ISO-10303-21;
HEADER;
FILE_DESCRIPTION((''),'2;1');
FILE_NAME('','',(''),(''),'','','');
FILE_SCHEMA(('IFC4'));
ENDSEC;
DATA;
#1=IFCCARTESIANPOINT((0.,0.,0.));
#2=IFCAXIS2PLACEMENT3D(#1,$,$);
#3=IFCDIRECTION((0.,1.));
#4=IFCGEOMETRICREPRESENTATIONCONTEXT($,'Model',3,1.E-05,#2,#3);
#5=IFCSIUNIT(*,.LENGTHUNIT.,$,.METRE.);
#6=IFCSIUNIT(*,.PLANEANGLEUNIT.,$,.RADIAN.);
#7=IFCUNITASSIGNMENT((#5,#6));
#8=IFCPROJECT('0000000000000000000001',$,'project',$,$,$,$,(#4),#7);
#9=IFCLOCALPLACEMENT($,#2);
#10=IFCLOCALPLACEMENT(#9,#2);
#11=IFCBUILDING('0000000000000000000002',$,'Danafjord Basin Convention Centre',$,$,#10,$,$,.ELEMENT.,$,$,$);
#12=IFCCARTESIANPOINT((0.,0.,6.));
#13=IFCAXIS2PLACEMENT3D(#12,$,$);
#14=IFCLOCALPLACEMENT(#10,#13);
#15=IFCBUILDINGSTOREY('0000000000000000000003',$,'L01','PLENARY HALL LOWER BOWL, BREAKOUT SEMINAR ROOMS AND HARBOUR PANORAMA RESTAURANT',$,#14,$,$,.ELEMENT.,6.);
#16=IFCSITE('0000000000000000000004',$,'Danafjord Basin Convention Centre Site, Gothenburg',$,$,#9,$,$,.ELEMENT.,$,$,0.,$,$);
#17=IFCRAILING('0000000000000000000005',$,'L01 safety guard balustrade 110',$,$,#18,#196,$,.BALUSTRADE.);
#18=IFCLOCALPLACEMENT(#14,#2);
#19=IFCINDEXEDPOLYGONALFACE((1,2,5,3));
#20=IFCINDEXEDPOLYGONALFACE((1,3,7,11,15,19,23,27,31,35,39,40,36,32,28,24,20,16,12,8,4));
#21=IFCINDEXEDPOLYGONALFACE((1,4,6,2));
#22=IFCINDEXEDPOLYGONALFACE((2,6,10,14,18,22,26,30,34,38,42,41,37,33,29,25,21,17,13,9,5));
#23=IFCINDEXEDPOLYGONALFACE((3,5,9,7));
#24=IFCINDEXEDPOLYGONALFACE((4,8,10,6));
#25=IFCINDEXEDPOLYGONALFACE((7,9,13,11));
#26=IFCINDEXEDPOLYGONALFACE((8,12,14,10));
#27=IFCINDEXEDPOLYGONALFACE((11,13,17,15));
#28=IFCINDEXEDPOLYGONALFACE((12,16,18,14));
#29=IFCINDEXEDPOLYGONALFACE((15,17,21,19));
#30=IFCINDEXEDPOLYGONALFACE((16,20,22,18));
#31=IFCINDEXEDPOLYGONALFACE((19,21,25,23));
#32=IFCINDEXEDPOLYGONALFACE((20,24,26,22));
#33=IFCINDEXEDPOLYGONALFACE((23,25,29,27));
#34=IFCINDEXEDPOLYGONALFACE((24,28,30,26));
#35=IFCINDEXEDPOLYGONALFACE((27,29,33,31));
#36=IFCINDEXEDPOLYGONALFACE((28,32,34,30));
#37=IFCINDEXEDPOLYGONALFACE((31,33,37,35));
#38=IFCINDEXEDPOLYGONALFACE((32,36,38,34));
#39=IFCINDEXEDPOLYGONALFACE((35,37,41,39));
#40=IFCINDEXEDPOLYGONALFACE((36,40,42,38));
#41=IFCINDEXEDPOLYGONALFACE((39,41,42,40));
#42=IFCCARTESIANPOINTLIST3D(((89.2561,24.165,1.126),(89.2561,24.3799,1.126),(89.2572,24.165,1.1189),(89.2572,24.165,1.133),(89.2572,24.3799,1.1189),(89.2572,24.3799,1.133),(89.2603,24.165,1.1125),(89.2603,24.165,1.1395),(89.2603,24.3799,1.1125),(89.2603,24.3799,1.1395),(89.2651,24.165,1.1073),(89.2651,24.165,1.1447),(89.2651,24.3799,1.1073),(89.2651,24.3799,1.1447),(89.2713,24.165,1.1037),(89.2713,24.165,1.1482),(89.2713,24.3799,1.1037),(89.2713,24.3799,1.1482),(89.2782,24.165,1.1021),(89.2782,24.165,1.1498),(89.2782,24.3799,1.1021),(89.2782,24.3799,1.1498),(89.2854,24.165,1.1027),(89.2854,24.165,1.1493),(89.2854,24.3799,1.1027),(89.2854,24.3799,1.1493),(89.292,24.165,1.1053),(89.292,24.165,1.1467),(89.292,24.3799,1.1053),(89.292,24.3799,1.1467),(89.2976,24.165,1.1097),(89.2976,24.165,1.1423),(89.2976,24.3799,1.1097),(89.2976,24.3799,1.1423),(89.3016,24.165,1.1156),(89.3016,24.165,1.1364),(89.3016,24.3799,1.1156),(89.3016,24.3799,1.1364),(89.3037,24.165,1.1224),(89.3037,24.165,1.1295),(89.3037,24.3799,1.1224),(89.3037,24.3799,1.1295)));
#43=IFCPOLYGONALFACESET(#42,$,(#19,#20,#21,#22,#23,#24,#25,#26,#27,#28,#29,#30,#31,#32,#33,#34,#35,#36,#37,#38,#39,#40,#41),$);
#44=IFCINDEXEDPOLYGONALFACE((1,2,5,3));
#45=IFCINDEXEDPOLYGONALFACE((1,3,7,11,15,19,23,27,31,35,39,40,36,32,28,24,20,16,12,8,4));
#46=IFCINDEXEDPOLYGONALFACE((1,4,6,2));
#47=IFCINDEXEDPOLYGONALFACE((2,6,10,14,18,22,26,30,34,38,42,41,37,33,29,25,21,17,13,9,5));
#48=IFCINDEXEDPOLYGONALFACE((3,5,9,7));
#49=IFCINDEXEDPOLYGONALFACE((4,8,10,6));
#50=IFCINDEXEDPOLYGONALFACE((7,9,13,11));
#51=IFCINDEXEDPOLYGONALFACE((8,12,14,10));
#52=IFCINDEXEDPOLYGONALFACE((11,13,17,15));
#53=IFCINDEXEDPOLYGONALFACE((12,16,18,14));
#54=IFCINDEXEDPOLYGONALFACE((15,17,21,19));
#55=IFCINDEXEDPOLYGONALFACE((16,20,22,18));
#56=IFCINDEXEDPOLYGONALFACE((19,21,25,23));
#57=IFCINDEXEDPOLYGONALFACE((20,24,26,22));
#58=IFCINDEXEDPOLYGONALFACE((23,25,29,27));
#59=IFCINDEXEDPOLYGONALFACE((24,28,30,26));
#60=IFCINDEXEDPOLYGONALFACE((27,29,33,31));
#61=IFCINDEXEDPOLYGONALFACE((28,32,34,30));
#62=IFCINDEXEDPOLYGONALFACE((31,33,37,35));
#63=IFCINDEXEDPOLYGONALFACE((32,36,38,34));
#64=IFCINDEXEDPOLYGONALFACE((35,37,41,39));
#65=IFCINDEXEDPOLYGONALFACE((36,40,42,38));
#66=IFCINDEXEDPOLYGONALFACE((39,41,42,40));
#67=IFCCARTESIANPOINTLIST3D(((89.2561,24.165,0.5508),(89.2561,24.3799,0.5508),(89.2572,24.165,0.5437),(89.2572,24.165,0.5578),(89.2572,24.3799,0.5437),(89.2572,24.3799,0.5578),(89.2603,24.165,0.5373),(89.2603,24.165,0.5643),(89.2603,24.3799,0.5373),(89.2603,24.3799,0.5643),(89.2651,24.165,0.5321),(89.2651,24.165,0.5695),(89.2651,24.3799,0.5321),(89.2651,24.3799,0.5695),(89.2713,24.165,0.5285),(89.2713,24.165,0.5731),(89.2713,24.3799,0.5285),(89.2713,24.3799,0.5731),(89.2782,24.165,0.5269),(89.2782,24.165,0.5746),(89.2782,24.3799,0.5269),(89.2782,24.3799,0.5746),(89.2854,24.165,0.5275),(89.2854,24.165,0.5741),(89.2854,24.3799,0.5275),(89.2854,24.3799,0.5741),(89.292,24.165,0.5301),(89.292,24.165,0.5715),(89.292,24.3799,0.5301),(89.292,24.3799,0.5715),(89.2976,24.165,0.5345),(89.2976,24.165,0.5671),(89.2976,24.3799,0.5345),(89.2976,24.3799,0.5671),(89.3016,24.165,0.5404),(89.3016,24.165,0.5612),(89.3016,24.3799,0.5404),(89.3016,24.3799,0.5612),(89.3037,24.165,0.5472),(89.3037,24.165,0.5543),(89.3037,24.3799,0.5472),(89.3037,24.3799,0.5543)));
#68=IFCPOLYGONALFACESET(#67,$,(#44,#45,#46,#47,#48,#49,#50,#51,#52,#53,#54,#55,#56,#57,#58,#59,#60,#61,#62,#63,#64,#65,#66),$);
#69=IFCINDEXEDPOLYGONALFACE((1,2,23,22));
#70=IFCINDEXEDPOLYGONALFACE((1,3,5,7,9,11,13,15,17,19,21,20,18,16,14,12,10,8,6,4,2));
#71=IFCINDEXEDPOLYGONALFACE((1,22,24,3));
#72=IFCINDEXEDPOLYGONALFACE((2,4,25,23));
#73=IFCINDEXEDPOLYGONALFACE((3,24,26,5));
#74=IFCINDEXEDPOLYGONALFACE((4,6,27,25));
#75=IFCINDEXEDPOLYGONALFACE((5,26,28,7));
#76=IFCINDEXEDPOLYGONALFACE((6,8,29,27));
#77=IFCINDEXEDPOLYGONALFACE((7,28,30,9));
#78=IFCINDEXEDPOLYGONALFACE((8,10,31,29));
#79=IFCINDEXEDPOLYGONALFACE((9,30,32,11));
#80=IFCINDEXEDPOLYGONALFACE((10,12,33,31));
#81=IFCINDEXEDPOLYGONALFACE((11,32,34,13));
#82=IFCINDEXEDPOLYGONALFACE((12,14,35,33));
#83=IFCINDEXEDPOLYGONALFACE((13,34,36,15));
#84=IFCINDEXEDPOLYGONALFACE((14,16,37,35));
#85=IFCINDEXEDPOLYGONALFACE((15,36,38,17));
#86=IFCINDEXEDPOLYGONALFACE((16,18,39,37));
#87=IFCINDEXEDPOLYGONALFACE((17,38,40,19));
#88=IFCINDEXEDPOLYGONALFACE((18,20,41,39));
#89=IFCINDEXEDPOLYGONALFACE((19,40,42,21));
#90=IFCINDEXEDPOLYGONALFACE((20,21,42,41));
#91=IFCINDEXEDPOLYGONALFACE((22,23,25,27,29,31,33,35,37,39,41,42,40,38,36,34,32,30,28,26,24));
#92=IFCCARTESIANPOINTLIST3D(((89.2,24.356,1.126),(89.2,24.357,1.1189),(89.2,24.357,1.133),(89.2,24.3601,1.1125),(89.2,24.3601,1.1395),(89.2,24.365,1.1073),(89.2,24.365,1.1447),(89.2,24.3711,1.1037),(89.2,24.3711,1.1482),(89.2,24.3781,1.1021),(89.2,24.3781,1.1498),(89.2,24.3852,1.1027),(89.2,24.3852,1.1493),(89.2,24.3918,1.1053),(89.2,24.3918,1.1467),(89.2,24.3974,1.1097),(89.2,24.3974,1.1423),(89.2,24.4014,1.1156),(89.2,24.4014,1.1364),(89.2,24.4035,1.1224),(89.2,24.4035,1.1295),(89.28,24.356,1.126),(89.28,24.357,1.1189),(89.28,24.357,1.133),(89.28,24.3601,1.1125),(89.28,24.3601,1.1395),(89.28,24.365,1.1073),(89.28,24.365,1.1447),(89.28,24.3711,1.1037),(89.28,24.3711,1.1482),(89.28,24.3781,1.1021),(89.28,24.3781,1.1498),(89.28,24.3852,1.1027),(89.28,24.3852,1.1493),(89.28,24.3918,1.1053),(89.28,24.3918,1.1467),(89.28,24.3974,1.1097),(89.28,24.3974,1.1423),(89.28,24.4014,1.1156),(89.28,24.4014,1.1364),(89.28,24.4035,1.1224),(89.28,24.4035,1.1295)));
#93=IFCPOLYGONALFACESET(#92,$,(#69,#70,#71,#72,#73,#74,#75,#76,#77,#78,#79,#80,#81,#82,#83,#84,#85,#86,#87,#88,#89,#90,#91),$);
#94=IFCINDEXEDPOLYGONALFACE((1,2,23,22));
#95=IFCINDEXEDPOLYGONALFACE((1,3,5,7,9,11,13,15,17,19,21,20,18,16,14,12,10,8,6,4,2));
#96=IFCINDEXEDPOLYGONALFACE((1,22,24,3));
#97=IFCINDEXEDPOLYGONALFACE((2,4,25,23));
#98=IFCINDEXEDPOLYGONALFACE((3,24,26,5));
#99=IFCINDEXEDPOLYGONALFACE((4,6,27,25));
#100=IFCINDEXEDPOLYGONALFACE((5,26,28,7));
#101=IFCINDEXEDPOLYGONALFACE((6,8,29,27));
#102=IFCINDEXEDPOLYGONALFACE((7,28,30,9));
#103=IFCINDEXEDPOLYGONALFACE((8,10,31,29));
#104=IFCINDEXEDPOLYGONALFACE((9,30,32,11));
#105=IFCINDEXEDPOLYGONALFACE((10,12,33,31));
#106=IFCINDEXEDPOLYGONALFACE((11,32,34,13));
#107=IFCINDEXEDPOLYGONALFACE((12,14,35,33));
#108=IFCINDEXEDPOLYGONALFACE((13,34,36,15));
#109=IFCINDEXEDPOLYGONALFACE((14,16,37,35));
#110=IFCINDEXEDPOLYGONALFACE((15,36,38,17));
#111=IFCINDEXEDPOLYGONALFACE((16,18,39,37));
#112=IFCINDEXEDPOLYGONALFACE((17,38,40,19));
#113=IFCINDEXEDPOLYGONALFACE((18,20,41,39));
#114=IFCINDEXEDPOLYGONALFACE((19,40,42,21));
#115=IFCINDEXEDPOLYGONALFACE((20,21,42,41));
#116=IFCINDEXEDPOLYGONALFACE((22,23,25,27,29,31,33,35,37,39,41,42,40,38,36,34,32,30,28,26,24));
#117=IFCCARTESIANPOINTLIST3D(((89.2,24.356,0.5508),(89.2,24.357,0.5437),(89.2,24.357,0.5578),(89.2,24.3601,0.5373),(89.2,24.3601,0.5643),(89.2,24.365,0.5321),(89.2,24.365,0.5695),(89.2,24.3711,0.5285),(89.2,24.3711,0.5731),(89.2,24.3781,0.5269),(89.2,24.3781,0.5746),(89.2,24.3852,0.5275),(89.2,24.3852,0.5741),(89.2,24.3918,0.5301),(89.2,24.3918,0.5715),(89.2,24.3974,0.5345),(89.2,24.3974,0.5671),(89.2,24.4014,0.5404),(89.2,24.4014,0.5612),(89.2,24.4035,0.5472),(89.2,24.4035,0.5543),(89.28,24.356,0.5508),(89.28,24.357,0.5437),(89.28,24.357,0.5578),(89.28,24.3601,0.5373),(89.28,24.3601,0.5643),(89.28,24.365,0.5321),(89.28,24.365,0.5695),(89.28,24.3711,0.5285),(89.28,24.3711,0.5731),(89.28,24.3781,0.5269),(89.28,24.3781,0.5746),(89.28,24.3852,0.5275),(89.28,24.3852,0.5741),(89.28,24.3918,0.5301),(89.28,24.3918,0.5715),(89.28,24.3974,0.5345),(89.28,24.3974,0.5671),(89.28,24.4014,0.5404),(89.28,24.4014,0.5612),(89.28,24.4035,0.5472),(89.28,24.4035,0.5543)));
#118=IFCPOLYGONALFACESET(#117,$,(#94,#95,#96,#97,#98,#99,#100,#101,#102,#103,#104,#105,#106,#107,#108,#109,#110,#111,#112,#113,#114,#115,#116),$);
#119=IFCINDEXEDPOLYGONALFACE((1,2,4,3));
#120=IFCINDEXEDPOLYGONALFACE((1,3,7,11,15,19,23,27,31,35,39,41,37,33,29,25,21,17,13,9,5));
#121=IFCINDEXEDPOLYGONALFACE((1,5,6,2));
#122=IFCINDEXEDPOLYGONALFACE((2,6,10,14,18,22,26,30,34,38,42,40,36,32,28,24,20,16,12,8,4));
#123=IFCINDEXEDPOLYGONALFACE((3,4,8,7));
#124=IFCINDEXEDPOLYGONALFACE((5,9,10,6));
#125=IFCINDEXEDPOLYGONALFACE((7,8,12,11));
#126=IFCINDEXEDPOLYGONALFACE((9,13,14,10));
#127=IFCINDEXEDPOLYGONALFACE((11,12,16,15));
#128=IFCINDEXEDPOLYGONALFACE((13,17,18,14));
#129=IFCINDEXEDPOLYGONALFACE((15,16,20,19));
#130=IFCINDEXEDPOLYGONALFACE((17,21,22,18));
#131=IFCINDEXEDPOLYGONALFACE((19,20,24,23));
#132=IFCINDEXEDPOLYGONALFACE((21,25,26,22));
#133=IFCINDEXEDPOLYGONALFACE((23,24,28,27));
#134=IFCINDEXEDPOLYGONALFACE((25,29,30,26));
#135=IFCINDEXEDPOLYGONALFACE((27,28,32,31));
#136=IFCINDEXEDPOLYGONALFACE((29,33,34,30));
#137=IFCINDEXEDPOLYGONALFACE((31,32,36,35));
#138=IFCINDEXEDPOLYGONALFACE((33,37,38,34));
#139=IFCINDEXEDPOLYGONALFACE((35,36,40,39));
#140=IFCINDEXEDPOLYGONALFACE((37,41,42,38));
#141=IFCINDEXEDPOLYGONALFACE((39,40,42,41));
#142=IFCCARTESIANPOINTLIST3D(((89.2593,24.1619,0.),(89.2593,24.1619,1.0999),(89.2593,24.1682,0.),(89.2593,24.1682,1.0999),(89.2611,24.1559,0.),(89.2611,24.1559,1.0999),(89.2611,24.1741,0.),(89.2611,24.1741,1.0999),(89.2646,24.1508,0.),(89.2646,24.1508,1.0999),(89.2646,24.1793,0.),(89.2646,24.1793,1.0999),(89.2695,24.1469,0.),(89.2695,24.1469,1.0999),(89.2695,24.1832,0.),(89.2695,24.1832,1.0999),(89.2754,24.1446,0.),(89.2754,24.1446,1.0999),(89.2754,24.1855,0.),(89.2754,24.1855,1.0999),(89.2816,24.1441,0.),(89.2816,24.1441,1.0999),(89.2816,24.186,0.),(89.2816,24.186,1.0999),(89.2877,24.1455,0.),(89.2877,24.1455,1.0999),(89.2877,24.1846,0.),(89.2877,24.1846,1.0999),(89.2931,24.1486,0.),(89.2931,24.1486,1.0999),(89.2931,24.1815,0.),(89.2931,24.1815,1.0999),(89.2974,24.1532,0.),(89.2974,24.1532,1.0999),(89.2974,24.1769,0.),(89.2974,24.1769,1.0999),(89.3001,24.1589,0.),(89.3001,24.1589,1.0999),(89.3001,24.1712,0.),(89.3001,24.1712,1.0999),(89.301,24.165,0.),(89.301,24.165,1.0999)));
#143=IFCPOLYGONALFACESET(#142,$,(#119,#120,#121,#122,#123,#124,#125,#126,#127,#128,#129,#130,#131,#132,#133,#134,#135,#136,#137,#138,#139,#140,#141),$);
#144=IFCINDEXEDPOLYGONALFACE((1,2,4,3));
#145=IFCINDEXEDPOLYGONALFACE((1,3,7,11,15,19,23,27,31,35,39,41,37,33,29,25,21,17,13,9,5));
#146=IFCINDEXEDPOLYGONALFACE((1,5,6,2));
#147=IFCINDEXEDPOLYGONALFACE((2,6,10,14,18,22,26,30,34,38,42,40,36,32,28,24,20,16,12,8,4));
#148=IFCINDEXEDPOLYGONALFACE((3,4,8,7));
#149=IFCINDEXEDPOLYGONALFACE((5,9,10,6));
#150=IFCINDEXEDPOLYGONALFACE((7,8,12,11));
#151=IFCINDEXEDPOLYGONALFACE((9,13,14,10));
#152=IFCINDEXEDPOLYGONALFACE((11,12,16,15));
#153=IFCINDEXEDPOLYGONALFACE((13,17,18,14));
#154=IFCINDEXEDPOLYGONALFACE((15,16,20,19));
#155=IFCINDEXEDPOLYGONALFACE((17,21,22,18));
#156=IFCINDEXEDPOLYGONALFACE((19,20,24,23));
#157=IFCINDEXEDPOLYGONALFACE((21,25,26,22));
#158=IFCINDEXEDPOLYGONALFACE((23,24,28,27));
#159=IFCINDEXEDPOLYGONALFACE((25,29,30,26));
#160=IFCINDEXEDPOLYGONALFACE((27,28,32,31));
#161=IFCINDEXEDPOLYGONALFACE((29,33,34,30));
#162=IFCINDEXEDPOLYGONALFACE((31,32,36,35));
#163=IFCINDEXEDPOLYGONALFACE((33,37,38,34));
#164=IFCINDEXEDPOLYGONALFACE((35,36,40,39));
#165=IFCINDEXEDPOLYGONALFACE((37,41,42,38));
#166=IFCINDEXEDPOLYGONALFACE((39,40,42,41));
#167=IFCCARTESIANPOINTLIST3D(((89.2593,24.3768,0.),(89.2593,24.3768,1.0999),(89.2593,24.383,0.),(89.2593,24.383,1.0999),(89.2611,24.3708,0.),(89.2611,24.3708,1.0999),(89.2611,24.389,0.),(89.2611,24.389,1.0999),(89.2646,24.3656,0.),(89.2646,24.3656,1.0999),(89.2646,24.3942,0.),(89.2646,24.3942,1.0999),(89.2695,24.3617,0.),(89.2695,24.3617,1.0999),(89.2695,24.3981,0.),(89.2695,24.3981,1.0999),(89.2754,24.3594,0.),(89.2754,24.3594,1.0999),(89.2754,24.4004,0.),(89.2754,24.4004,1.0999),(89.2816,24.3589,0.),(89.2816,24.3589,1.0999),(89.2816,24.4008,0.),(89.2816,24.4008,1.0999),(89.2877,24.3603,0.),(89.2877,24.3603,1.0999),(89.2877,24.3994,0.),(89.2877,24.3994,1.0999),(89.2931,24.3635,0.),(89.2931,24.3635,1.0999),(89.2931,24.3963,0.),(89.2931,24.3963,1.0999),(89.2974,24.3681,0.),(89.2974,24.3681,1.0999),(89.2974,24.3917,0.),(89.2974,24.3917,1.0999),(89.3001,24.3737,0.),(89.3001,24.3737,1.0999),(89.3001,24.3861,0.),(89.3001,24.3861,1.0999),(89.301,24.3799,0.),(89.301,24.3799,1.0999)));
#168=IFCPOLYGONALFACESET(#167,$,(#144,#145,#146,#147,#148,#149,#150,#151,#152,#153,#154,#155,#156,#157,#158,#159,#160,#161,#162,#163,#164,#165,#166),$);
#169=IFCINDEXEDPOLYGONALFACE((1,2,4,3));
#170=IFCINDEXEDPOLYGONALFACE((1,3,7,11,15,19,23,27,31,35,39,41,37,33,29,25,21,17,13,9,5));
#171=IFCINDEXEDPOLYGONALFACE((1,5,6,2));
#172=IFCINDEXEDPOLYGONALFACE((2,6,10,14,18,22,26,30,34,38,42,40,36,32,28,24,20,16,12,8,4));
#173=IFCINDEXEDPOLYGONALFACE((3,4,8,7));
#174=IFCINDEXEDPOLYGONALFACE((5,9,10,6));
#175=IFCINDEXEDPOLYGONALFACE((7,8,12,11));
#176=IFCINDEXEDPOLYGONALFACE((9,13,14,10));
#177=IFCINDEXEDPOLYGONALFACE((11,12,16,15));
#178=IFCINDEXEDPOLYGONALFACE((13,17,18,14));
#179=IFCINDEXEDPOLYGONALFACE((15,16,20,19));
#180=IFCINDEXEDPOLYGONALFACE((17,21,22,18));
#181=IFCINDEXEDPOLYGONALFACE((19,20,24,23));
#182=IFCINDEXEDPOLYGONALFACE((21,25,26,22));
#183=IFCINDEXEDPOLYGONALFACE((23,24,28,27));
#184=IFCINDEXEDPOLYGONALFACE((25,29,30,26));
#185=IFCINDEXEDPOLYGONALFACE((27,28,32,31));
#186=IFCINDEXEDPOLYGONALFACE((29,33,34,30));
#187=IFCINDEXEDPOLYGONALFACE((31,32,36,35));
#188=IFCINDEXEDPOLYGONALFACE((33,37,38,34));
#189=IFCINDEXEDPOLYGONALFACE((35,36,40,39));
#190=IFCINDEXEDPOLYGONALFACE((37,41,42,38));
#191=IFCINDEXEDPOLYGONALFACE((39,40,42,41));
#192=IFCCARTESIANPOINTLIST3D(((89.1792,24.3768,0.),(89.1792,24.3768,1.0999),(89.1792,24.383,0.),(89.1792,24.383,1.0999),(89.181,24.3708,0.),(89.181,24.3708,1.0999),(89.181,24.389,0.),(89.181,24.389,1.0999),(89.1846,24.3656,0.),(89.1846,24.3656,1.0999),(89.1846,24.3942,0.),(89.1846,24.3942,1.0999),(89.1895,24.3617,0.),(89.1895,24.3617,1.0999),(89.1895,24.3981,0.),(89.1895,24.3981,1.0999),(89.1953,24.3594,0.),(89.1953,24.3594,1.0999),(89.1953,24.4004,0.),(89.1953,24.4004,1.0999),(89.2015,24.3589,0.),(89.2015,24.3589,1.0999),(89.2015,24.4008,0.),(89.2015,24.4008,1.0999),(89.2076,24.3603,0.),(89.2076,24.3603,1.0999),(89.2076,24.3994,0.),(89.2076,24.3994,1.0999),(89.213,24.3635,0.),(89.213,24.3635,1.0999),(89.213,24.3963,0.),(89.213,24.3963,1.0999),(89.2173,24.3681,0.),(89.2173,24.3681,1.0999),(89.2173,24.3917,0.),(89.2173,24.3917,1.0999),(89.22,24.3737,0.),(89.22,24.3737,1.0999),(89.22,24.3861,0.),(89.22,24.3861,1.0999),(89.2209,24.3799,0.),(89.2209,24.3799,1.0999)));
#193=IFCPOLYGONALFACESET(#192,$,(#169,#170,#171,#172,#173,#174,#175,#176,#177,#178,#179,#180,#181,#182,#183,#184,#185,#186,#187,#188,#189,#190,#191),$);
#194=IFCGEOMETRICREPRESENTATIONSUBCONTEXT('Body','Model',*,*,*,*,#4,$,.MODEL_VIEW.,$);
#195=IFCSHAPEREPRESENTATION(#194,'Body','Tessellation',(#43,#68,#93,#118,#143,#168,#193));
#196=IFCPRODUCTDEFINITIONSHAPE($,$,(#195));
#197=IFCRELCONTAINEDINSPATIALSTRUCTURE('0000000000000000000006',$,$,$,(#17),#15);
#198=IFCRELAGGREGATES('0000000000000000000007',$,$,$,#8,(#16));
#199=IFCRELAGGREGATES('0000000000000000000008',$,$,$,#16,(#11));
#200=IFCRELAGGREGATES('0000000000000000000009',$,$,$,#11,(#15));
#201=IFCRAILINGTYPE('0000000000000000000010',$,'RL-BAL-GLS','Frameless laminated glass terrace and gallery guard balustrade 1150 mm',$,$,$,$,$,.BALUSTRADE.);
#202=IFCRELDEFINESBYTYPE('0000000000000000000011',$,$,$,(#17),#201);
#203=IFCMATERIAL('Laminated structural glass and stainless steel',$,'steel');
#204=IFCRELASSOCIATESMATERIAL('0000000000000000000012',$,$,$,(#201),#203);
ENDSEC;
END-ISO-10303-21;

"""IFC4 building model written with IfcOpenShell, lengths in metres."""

from ifc_helpers import new_model, si_unit, direction, frame, origin, origin_2d, place, context, subcontext, project, spatial, circle, extrude, material, type_object, element, save


model = new_model("IFC4")

# Units and contexts
model_context = context("Model", 3, precision=1e-05, world=origin(), true_north=direction((0.0, 1.0)))
body_context = subcontext(model_context, "Body", "Model", "MODEL_VIEW")
ifc_project = project(units=[si_unit("LENGTHUNIT", "METRE"), si_unit("PLANEANGLEUNIT", "RADIAN")], contexts=[model_context])

# Site, building, storey
site_placement = place(None, origin())
site = spatial("IfcSite", under=ifc_project, at=site_placement, Name="Danafjord Basin Convention Centre Site, Gothenburg", CompositionType="ELEMENT", RefElevation=0.0)
building_placement = place(site_placement, origin())
building = spatial("IfcBuilding", under=site, at=building_placement, Name="Danafjord Basin Convention Centre", CompositionType="ELEMENT")
storey_placement = place(building_placement, frame((0.0, 0.0, 6.0)))
storey = spatial("IfcBuildingStorey", under=building, at=storey_placement, Name="L01", Description="PLENARY HALL LOWER BOWL, BREAKOUT SEMINAR ROOMS AND HARBOUR PANORAMA RESTAURANT", CompositionType="ELEMENT", Elevation=6.0)

# Railing
ifc_material_1 = material(Name="Laminated structural glass and stainless steel", Category="steel")
railing_type_1 = type_object("IfcRailingType", Name="RL-BAL-GLS", Description="Frameless laminated glass terrace and gallery guard balustrade 1150 mm", PredefinedType="BALUSTRADE", material=ifc_material_1)
railing_1_placement = place(storey_placement, frame((89.28, 24.165, 0.0)))
element("IfcRailing", 1, at=railing_1_placement, inside=storey, type_object=railing_type_1, Name="L01 safety guard balustrade 110", PredefinedType="BALUSTRADE", context=body_context, shape_type="SweptSolid", body=[
    extrude(circle(Radius=0.0239, at=origin_2d()), frame((0.0, 0.0, 1.126), z_axis=(0.0, 1.0, 0.0), x_axis=(-1.0, 0.0, 0.0)), (0.0, 0.0, 1.0), 0.2148),
    extrude(circle(Radius=0.0239, at=origin_2d()), frame((0.0, 0.0, 0.5508), z_axis=(0.0, 1.0, 0.0), x_axis=(-1.0, 0.0, 0.0)), (0.0, 0.0, 1.0), 0.2148),
    extrude(circle(Radius=0.0239, at=origin_2d()), frame((0.0, 0.2148, 1.126), z_axis=(-1.0, 0.0, 0.0), x_axis=(0.0, -1.0, 0.0)), (0.0, 0.0, 1.0), 0.0801),
    extrude(circle(Radius=0.0239, at=origin_2d()), frame((0.0, 0.2148, 0.5508), z_axis=(-1.0, 0.0, 0.0), x_axis=(0.0, -1.0, 0.0)), (0.0, 0.0, 1.0), 0.0801),
    extrude(circle(Radius=0.021, at=origin_2d()), origin(), (0.0, 0.0, 1.0), 1.0999),
    extrude(circle(Radius=0.021, at=origin_2d()), frame((0.0, 0.2148, 0.0)), (0.0, 0.0, 1.0), 1.0999),
    extrude(circle(Radius=0.021, at=origin_2d()), frame((-0.0801, 0.2148, 0.0)), (0.0, 0.0, 1.0), 1.0999),
])

save(model, "model.ifc")
